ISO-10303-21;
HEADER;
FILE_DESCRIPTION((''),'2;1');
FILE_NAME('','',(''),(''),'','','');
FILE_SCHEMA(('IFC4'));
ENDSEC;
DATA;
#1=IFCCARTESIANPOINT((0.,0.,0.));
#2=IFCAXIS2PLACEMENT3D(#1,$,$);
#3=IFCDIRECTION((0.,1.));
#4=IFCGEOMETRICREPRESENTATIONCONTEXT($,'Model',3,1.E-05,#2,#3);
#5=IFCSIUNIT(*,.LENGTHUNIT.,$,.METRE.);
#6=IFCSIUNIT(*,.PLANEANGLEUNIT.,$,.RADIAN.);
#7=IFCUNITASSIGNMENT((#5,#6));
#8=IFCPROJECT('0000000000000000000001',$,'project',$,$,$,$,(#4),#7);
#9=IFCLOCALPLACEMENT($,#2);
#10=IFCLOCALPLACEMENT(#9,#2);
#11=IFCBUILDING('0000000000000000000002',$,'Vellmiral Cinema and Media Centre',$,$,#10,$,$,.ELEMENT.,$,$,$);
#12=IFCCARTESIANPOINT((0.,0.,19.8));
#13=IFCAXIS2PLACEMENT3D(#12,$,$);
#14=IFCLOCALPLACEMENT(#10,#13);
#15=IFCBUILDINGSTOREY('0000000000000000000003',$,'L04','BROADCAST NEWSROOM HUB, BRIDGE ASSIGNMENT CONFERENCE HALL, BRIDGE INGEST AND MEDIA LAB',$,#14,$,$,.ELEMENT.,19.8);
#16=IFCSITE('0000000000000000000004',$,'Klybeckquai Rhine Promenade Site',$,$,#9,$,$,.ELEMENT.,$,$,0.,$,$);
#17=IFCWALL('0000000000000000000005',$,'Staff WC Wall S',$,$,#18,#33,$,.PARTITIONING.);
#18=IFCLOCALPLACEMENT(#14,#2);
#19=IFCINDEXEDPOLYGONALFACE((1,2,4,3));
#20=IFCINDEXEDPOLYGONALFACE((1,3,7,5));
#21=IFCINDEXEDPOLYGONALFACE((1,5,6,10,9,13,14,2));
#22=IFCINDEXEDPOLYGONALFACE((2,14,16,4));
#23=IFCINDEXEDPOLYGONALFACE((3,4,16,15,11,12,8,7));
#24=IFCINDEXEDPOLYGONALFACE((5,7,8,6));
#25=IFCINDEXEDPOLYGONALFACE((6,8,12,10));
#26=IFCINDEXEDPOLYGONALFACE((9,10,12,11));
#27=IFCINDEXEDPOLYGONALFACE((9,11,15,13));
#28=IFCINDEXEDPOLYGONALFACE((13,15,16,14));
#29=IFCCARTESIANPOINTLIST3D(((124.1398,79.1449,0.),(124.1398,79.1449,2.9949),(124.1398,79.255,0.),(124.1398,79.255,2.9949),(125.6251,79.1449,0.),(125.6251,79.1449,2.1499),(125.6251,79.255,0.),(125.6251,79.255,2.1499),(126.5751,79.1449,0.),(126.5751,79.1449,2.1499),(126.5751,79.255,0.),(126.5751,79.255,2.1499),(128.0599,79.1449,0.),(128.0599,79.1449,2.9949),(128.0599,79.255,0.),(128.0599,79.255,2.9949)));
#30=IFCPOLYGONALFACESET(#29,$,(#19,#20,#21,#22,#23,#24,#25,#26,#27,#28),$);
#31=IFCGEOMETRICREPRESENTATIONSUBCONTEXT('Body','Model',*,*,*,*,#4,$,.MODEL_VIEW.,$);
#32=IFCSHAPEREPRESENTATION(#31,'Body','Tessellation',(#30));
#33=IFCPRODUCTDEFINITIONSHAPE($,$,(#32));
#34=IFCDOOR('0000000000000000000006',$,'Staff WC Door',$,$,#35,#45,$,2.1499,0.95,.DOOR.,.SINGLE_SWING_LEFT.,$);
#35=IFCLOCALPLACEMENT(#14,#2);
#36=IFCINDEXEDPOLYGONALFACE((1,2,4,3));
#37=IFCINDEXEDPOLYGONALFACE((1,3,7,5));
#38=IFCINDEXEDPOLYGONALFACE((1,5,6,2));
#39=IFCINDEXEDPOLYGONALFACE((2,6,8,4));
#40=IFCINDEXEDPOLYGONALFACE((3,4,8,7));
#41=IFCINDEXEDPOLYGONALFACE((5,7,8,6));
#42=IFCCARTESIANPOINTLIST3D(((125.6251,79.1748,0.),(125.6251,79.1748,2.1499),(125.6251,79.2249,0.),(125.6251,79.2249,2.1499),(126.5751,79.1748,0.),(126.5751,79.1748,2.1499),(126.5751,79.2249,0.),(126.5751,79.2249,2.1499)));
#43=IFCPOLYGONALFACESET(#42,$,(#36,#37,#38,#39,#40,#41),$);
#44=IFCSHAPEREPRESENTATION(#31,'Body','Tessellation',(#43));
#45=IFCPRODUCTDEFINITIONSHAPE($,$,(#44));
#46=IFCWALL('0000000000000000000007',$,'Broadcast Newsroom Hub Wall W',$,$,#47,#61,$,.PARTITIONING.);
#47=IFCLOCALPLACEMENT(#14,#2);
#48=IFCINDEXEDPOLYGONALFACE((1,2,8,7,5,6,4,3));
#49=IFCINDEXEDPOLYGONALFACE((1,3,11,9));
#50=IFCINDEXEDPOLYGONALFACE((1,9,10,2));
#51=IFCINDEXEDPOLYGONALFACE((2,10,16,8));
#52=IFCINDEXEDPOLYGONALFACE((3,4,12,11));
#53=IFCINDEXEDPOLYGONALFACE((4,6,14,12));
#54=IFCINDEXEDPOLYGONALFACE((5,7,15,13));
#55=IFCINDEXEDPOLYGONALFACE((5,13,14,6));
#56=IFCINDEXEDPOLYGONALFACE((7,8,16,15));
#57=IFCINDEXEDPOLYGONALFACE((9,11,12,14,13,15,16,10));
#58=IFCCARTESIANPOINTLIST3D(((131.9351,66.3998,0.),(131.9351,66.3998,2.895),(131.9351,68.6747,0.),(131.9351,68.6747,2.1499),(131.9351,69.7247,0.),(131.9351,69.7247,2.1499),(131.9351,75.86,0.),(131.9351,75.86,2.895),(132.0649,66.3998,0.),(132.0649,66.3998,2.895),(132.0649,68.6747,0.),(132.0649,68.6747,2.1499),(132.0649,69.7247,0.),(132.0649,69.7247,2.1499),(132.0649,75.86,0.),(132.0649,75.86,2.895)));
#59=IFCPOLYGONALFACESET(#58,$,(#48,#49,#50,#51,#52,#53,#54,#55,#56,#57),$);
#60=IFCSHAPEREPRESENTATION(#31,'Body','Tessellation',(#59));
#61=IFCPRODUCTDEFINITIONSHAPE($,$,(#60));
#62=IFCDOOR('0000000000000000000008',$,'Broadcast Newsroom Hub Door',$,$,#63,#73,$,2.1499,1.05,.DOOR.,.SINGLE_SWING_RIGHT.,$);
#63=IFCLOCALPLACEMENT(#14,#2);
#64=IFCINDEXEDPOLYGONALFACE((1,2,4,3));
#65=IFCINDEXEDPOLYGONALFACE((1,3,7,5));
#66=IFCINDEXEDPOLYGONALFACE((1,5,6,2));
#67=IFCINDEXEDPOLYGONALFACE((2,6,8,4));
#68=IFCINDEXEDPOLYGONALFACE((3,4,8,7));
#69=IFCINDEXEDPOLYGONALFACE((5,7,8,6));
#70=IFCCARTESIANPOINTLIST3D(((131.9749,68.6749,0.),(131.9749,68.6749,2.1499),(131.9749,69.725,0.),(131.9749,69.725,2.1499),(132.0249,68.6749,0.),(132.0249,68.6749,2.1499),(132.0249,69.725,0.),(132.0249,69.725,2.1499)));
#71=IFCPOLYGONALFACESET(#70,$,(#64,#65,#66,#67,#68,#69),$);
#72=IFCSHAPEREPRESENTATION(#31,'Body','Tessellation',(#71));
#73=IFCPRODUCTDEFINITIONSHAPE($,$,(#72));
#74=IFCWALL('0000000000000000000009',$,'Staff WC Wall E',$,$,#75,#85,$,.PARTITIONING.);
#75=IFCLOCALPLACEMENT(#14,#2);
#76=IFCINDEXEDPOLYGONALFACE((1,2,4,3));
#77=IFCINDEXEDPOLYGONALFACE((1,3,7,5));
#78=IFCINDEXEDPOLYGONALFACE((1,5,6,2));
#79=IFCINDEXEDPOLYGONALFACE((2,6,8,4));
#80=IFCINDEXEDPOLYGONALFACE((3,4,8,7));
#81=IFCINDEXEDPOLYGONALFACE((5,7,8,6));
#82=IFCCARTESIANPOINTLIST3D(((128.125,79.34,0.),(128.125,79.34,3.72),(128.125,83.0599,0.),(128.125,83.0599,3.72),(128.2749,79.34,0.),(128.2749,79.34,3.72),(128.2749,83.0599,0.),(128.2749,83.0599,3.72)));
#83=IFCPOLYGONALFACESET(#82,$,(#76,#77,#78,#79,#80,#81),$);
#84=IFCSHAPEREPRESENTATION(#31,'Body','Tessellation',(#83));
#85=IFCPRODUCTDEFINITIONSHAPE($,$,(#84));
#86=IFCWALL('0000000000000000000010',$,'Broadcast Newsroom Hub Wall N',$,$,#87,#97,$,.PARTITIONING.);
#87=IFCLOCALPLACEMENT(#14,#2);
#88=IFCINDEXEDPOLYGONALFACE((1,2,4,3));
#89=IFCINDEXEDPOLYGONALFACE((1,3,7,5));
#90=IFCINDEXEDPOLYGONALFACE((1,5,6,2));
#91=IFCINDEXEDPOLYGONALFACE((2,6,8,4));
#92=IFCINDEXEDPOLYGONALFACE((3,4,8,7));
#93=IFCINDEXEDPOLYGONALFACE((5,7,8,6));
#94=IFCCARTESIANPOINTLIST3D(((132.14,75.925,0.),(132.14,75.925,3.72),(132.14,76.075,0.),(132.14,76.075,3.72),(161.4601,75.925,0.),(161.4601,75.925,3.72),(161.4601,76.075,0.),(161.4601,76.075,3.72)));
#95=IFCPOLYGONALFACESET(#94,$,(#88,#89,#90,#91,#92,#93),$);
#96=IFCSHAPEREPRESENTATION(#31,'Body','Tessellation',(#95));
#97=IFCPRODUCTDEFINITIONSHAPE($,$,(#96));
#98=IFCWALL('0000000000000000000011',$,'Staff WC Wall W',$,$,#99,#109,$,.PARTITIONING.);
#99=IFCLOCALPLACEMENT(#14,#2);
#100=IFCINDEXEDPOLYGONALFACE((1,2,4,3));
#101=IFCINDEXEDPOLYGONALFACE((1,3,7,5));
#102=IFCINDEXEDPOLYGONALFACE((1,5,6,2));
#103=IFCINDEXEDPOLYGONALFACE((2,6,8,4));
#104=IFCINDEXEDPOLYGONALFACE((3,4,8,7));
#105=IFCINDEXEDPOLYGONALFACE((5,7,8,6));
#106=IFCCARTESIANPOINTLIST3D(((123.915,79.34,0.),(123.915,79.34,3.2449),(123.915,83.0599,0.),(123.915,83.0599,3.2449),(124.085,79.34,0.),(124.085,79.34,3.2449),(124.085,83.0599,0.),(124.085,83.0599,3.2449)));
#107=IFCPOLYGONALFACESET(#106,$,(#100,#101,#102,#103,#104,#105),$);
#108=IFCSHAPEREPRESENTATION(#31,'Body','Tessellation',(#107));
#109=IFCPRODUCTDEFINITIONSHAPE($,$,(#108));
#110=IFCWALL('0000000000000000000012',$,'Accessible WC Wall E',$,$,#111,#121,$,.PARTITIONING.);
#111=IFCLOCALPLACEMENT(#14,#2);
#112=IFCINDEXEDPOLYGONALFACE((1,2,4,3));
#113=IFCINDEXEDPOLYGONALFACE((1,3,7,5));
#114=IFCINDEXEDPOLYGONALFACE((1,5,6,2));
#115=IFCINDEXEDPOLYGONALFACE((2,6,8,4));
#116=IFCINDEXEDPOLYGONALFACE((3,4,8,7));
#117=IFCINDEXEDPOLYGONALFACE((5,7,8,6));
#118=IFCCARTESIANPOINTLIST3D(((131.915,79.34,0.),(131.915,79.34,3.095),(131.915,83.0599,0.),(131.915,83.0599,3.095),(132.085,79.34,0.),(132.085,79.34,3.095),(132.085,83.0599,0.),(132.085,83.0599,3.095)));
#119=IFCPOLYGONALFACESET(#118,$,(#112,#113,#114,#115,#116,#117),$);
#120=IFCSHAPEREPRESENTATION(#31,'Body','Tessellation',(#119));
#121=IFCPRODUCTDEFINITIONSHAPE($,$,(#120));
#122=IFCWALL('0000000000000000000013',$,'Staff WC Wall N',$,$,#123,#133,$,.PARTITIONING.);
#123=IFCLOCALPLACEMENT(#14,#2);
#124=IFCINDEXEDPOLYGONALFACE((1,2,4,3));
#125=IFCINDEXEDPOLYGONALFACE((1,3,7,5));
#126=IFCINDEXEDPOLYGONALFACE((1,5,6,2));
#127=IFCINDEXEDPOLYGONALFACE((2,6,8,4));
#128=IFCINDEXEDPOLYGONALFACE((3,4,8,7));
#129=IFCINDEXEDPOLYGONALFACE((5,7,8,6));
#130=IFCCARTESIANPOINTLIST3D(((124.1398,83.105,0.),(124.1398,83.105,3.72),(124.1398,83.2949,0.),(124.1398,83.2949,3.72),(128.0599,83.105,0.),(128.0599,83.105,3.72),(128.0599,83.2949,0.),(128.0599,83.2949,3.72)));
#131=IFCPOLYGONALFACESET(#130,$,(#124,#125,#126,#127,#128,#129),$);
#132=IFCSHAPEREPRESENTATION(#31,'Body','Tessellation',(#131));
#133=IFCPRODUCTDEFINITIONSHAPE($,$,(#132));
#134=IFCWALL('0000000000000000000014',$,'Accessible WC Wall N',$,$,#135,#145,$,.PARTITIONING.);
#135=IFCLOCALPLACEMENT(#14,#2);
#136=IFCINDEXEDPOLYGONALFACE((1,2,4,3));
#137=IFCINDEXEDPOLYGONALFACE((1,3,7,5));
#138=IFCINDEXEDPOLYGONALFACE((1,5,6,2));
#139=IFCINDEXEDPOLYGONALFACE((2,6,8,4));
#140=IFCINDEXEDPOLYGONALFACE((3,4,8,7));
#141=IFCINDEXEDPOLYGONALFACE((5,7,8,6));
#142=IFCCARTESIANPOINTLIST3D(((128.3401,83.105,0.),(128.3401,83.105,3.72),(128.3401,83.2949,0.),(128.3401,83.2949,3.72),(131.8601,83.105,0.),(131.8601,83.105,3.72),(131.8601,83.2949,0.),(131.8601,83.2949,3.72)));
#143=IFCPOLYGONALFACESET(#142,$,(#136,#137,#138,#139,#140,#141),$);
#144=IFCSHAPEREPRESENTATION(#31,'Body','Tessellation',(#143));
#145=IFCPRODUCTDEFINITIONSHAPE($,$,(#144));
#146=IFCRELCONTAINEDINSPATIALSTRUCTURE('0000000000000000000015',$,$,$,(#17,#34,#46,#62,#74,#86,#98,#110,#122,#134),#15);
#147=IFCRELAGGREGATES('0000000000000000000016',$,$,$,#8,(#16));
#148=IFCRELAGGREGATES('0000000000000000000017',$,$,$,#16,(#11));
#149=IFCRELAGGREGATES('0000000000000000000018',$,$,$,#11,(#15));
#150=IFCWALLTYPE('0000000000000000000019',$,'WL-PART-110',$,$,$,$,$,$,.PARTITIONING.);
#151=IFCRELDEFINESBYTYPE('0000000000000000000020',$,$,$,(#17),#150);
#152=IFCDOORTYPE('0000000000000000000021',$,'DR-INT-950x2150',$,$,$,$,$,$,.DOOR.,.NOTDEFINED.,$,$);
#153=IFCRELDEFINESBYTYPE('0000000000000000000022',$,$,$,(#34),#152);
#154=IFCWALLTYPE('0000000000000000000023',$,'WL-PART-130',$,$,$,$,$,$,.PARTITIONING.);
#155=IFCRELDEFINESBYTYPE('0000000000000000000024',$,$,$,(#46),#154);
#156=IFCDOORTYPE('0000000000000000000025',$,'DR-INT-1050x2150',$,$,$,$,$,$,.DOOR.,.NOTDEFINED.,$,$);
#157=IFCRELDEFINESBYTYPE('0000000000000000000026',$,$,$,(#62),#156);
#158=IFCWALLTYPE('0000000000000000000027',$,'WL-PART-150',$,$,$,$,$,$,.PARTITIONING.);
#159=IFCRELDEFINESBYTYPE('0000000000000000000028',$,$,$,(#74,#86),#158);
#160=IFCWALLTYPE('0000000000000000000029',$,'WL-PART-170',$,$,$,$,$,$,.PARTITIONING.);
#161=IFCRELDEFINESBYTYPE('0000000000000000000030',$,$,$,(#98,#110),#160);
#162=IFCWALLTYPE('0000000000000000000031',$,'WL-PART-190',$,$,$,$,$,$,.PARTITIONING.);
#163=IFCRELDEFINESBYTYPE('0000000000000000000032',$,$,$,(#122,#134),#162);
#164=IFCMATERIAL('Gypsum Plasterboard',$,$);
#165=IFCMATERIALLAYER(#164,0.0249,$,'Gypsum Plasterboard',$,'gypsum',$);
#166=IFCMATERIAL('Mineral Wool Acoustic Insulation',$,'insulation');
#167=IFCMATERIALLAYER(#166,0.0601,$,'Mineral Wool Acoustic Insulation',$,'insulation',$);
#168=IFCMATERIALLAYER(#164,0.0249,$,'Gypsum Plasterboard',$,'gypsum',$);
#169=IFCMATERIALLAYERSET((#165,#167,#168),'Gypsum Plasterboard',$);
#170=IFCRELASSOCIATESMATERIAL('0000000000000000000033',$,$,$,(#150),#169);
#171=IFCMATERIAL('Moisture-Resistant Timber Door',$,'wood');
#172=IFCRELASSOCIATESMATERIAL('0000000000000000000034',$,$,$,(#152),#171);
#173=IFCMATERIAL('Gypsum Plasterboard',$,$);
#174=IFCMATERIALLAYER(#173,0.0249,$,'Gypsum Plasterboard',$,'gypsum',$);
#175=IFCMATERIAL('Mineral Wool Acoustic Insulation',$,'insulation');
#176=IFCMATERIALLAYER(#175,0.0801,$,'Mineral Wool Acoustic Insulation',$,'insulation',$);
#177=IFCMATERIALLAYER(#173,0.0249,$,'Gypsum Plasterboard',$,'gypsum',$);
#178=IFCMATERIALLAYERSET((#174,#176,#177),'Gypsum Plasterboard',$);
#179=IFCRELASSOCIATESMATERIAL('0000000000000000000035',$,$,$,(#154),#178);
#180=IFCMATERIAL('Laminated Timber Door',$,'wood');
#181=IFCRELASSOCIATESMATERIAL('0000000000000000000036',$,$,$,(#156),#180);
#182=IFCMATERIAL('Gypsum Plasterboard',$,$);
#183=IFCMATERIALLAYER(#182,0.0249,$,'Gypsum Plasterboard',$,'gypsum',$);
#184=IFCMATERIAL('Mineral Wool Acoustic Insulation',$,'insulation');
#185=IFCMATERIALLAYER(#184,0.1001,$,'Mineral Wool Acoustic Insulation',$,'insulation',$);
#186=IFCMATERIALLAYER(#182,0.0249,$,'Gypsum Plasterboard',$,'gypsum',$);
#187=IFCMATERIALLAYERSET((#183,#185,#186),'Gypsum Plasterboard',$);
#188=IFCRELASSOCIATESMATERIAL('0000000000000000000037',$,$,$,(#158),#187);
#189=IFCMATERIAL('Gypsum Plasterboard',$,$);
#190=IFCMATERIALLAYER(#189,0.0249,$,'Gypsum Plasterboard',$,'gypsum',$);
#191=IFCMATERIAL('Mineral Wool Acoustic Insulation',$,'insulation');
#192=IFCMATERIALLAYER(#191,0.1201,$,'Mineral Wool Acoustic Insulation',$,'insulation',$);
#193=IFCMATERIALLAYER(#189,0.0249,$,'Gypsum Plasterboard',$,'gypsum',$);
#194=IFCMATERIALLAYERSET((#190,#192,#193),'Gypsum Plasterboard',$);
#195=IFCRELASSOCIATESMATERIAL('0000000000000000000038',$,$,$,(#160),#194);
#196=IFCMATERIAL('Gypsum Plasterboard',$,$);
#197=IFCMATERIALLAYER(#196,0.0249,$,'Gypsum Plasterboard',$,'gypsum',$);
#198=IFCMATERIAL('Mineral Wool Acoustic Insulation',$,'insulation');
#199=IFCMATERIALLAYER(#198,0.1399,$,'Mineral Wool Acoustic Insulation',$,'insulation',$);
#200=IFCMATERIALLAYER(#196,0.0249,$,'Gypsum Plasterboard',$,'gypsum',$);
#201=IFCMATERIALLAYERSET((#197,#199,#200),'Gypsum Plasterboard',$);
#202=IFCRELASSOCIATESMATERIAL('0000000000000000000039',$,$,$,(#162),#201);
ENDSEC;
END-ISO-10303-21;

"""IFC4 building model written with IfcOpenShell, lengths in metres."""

from ifc_helpers import new_model, si_unit, direction, frame, frame_2d, origin, place, context, subcontext, project, spatial, rectangle, extrude, material, layer, layer_set, type_object, element, fill, save


model = new_model("IFC4")

# Units and contexts
model_context = context("Model", 3, precision=1e-05, world=origin(), true_north=direction((0.0, 1.0)))
body_context = subcontext(model_context, "Body", "Model", "MODEL_VIEW")
ifc_project = project(units=[si_unit("LENGTHUNIT", "METRE"), si_unit("PLANEANGLEUNIT", "RADIAN")], contexts=[model_context])

# Site, building, storey
site_placement = place(None, origin())
site = spatial("IfcSite", under=ifc_project, at=site_placement, Name="Klybeckquai Rhine Promenade Site", CompositionType="ELEMENT", RefElevation=0.0)
building_placement = place(site_placement, origin())
building = spatial("IfcBuilding", under=site, at=building_placement, Name="Vellmiral Cinema and Media Centre", CompositionType="ELEMENT")
storey_placement = place(building_placement, frame((0.0, 0.0, 19.8)))
storey = spatial("IfcBuildingStorey", under=building, at=storey_placement, Name="L04", Description="BROADCAST NEWSROOM HUB, BRIDGE ASSIGNMENT CONFERENCE HALL, BRIDGE INGEST AND MEDIA LAB", CompositionType="ELEMENT", Elevation=19.8)

# Walls, openings, doors
ifc_material_1 = material(Name="Gypsum Plasterboard")
ifc_layer_1 = layer(ifc_material_1, 0.0249, Name="Gypsum Plasterboard", Category="gypsum")
ifc_material_2 = material(Name="Mineral Wool Acoustic Insulation", Category="insulation")
ifc_layer_2 = layer(ifc_material_2, 0.0601, Name="Mineral Wool Acoustic Insulation", Category="insulation")
ifc_layer_3 = layer(ifc_material_1, 0.0249, Name="Gypsum Plasterboard", Category="gypsum")
ifc_layer_set_1 = layer_set([ifc_layer_1, ifc_layer_2, ifc_layer_3], Name="Gypsum Plasterboard")
wall_type_1 = type_object("IfcWallType", Name="WL-PART-110", PredefinedType="PARTITIONING", material=ifc_layer_set_1)
wall_1_placement = place(storey_placement, frame((124.1399, 79.2, 0.0), z_axis=(0.0, 0.0, 1.0), x_axis=(1.0, 0.0, 0.0)))
wall_1 = element("IfcWall", 1, at=wall_1_placement, inside=storey, type_object=wall_type_1, Name="Staff WC Wall S", PredefinedType="PARTITIONING", context=body_context, shape_type="SweptSolid", body=[
    extrude(rectangle(XDim=3.9202, YDim=0.1101, at=frame_2d((1.96, 0.0))), origin(), (0.0, 0.0, 1.0), 2.9949),
])
opening_1_placement = place(wall_1_placement, frame((1.4851, 0.0, 0.0)))
opening_1 = element("IfcOpeningElement", 2, at=opening_1_placement, cuts=wall_1, PredefinedType="OPENING", context=body_context, shape_type="SweptSolid", body=[
    extrude(rectangle(XDim=0.95, YDim=2.1499, at=frame_2d((0.4751, 1.075))), frame((0.0, 0.0669, 0.0), z_axis=(0.0, -1.0, 0.0), x_axis=(1.0, 0.0, 0.0)), (0.0, 0.0, 1.0), 0.134),
])
ifc_material_3 = material(Name="Moisture-Resistant Timber Door", Category="wood")
door_type_1 = type_object("IfcDoorType", Name="DR-INT-950x2150", OperationType="NOTDEFINED", PredefinedType="DOOR", material=ifc_material_3)
door_1_placement = place(opening_1_placement, origin())
door_1 = element("IfcDoor", 3, at=door_1_placement, inside=storey, type_object=door_type_1, Name="Staff WC Door", OperationType="SINGLE_SWING_LEFT", OverallHeight=2.1499, OverallWidth=0.95, PredefinedType="DOOR", context=body_context, shape_type="SweptSolid", body=[
    extrude(rectangle(XDim=0.95, YDim=2.1499, at=frame_2d((0.4751, 1.075))), frame((0.0, 0.0249, 0.0), z_axis=(0.0, -1.0, 0.0), x_axis=(1.0, 0.0, 0.0)), (0.0, 0.0, 1.0), 0.05),
])
fill(opening_1, door_1)
ifc_material_4 = material(Name="Gypsum Plasterboard")
ifc_layer_4 = layer(ifc_material_4, 0.0249, Name="Gypsum Plasterboard", Category="gypsum")
ifc_material_5 = material(Name="Mineral Wool Acoustic Insulation", Category="insulation")
ifc_layer_5 = layer(ifc_material_5, 0.0801, Name="Mineral Wool Acoustic Insulation", Category="insulation")
ifc_layer_6 = layer(ifc_material_4, 0.0249, Name="Gypsum Plasterboard", Category="gypsum")
ifc_layer_set_2 = layer_set([ifc_layer_4, ifc_layer_5, ifc_layer_6], Name="Gypsum Plasterboard")
wall_type_2 = type_object("IfcWallType", Name="WL-PART-130", PredefinedType="PARTITIONING", material=ifc_layer_set_2)
wall_2_placement = place(storey_placement, frame((132.0, 66.3999, 0.0), z_axis=(0.0, 0.0, 1.0), x_axis=(0.0, 1.0, 0.0)))
wall_2 = element("IfcWall", 4, at=wall_2_placement, inside=storey, type_object=wall_type_2, Name="Broadcast Newsroom Hub Wall W", PredefinedType="PARTITIONING", context=body_context, shape_type="SweptSolid", body=[
    extrude(rectangle(XDim=9.4602, YDim=0.1299, at=frame_2d((4.73, 0.0))), origin(), (0.0, 0.0, 1.0), 2.895),
])
opening_2_placement = place(wall_2_placement, frame((2.2749, 0.0, 0.0)))
opening_2 = element("IfcOpeningElement", 5, at=opening_2_placement, cuts=wall_2, PredefinedType="OPENING", context=body_context, shape_type="SweptSolid", body=[
    extrude(rectangle(XDim=1.05, YDim=2.1499, at=frame_2d((0.5249, 1.075))), frame((0.0, 0.0769, 0.0), z_axis=(0.0, -1.0, 0.0), x_axis=(1.0, 0.0, 0.0)), (0.0, 0.0, 1.0), 0.1538),
])
ifc_material_6 = material(Name="Laminated Timber Door", Category="wood")
door_type_2 = type_object("IfcDoorType", Name="DR-INT-1050x2150", OperationType="NOTDEFINED", PredefinedType="DOOR", material=ifc_material_6)
door_2_placement = place(opening_2_placement, frame((1.05, 0.0, 0.0), z_axis=(0.0, 0.0, 1.0), x_axis=(-1.0, 0.0, 0.0)))
door_2 = element("IfcDoor", 6, at=door_2_placement, inside=storey, type_object=door_type_2, Name="Broadcast Newsroom Hub Door", OperationType="SINGLE_SWING_RIGHT", OverallHeight=2.1499, OverallWidth=1.05, PredefinedType="DOOR", context=body_context, shape_type="SweptSolid", body=[
    extrude(rectangle(XDim=1.05, YDim=2.1499, at=frame_2d((0.5249, 1.075))), frame((0.0, 0.0249, 0.0), z_axis=(0.0, -1.0, 0.0), x_axis=(1.0, 0.0, 0.0)), (0.0, 0.0, 1.0), 0.05),
])
fill(opening_2, door_2)

# Walls
ifc_material_7 = material(Name="Gypsum Plasterboard")
ifc_layer_7 = layer(ifc_material_7, 0.0249, Name="Gypsum Plasterboard", Category="gypsum")
ifc_material_8 = material(Name="Mineral Wool Acoustic Insulation", Category="insulation")
ifc_layer_8 = layer(ifc_material_8, 0.1001, Name="Mineral Wool Acoustic Insulation", Category="insulation")
ifc_layer_9 = layer(ifc_material_7, 0.0249, Name="Gypsum Plasterboard", Category="gypsum")
ifc_layer_set_3 = layer_set([ifc_layer_7, ifc_layer_8, ifc_layer_9], Name="Gypsum Plasterboard")
wall_type_3 = type_object("IfcWallType", Name="WL-PART-150", PredefinedType="PARTITIONING", material=ifc_layer_set_3)
wall_3_placement = place(storey_placement, frame((128.2, 79.3401, 0.0), z_axis=(0.0, 0.0, 1.0), x_axis=(0.0, 1.0, 0.0)))
element("IfcWall", 7, at=wall_3_placement, inside=storey, type_object=wall_type_3, Name="Staff WC Wall E", PredefinedType="PARTITIONING", context=body_context, shape_type="SweptSolid", body=[
    extrude(rectangle(XDim=3.72, YDim=0.1499, at=frame_2d((1.8599, 0.0))), origin(), (0.0, 0.0, 1.0), 3.72),
])
wall_4_placement = place(storey_placement, frame((132.1399, 76.0, 0.0), z_axis=(0.0, 0.0, 1.0), x_axis=(1.0, 0.0, 0.0)))
element("IfcWall", 8, at=wall_4_placement, inside=storey, type_object=wall_type_3, Name="Broadcast Newsroom Hub Wall N", PredefinedType="PARTITIONING", context=body_context, shape_type="SweptSolid", body=[
    extrude(rectangle(XDim=29.3201, YDim=0.1499, at=frame_2d((14.6602, 0.0))), origin(), (0.0, 0.0, 1.0), 3.72),
])
ifc_material_9 = material(Name="Gypsum Plasterboard")
ifc_layer_10 = layer(ifc_material_9, 0.0249, Name="Gypsum Plasterboard", Category="gypsum")
ifc_material_10 = material(Name="Mineral Wool Acoustic Insulation", Category="insulation")
ifc_layer_11 = layer(ifc_material_10, 0.1201, Name="Mineral Wool Acoustic Insulation", Category="insulation")
ifc_layer_12 = layer(ifc_material_9, 0.0249, Name="Gypsum Plasterboard", Category="gypsum")
ifc_layer_set_4 = layer_set([ifc_layer_10, ifc_layer_11, ifc_layer_12], Name="Gypsum Plasterboard")
wall_type_4 = type_object("IfcWallType", Name="WL-PART-170", PredefinedType="PARTITIONING", material=ifc_layer_set_4)
wall_5_placement = place(storey_placement, frame((124.0, 79.3401, 0.0), z_axis=(0.0, 0.0, 1.0), x_axis=(0.0, 1.0, 0.0)))
element("IfcWall", 9, at=wall_5_placement, inside=storey, type_object=wall_type_4, Name="Staff WC Wall W", PredefinedType="PARTITIONING", context=body_context, shape_type="SweptSolid", body=[
    extrude(rectangle(XDim=3.72, YDim=0.1699, at=frame_2d((1.8599, 0.0))), origin(), (0.0, 0.0, 1.0), 3.2449),
])
wall_6_placement = place(storey_placement, frame((132.0, 79.3401, 0.0), z_axis=(0.0, 0.0, 1.0), x_axis=(0.0, 1.0, 0.0)))
element("IfcWall", 10, at=wall_6_placement, inside=storey, type_object=wall_type_4, Name="Accessible WC Wall E", PredefinedType="PARTITIONING", context=body_context, shape_type="SweptSolid", body=[
    extrude(rectangle(XDim=3.72, YDim=0.1699, at=frame_2d((1.8599, 0.0))), origin(), (0.0, 0.0, 1.0), 3.095),
])
ifc_material_11 = material(Name="Gypsum Plasterboard")
ifc_layer_13 = layer(ifc_material_11, 0.0249, Name="Gypsum Plasterboard", Category="gypsum")
ifc_material_12 = material(Name="Mineral Wool Acoustic Insulation", Category="insulation")
ifc_layer_14 = layer(ifc_material_12, 0.1399, Name="Mineral Wool Acoustic Insulation", Category="insulation")
ifc_layer_15 = layer(ifc_material_11, 0.0249, Name="Gypsum Plasterboard", Category="gypsum")
ifc_layer_set_5 = layer_set([ifc_layer_13, ifc_layer_14, ifc_layer_15], Name="Gypsum Plasterboard")
wall_type_5 = type_object("IfcWallType", Name="WL-PART-190", PredefinedType="PARTITIONING", material=ifc_layer_set_5)
wall_7_placement = place(storey_placement, frame((124.1399, 83.2, 0.0), z_axis=(0.0, 0.0, 1.0), x_axis=(1.0, 0.0, 0.0)))
element("IfcWall", 11, at=wall_7_placement, inside=storey, type_object=wall_type_5, Name="Staff WC Wall N", PredefinedType="PARTITIONING", context=body_context, shape_type="SweptSolid", body=[
    extrude(rectangle(XDim=3.9202, YDim=0.1899, at=frame_2d((1.96, 0.0))), origin(), (0.0, 0.0, 1.0), 3.72),
])
wall_8_placement = place(storey_placement, frame((128.3401, 83.2, 0.0), z_axis=(0.0, 0.0, 1.0), x_axis=(1.0, 0.0, 0.0)))
element("IfcWall", 12, at=wall_8_placement, inside=storey, type_object=wall_type_5, Name="Accessible WC Wall N", PredefinedType="PARTITIONING", context=body_context, shape_type="SweptSolid", body=[
    extrude(rectangle(XDim=3.52, YDim=0.1899, at=frame_2d((1.76, 0.0))), origin(), (0.0, 0.0, 1.0), 3.72),
])

save(model, "model.ifc")
